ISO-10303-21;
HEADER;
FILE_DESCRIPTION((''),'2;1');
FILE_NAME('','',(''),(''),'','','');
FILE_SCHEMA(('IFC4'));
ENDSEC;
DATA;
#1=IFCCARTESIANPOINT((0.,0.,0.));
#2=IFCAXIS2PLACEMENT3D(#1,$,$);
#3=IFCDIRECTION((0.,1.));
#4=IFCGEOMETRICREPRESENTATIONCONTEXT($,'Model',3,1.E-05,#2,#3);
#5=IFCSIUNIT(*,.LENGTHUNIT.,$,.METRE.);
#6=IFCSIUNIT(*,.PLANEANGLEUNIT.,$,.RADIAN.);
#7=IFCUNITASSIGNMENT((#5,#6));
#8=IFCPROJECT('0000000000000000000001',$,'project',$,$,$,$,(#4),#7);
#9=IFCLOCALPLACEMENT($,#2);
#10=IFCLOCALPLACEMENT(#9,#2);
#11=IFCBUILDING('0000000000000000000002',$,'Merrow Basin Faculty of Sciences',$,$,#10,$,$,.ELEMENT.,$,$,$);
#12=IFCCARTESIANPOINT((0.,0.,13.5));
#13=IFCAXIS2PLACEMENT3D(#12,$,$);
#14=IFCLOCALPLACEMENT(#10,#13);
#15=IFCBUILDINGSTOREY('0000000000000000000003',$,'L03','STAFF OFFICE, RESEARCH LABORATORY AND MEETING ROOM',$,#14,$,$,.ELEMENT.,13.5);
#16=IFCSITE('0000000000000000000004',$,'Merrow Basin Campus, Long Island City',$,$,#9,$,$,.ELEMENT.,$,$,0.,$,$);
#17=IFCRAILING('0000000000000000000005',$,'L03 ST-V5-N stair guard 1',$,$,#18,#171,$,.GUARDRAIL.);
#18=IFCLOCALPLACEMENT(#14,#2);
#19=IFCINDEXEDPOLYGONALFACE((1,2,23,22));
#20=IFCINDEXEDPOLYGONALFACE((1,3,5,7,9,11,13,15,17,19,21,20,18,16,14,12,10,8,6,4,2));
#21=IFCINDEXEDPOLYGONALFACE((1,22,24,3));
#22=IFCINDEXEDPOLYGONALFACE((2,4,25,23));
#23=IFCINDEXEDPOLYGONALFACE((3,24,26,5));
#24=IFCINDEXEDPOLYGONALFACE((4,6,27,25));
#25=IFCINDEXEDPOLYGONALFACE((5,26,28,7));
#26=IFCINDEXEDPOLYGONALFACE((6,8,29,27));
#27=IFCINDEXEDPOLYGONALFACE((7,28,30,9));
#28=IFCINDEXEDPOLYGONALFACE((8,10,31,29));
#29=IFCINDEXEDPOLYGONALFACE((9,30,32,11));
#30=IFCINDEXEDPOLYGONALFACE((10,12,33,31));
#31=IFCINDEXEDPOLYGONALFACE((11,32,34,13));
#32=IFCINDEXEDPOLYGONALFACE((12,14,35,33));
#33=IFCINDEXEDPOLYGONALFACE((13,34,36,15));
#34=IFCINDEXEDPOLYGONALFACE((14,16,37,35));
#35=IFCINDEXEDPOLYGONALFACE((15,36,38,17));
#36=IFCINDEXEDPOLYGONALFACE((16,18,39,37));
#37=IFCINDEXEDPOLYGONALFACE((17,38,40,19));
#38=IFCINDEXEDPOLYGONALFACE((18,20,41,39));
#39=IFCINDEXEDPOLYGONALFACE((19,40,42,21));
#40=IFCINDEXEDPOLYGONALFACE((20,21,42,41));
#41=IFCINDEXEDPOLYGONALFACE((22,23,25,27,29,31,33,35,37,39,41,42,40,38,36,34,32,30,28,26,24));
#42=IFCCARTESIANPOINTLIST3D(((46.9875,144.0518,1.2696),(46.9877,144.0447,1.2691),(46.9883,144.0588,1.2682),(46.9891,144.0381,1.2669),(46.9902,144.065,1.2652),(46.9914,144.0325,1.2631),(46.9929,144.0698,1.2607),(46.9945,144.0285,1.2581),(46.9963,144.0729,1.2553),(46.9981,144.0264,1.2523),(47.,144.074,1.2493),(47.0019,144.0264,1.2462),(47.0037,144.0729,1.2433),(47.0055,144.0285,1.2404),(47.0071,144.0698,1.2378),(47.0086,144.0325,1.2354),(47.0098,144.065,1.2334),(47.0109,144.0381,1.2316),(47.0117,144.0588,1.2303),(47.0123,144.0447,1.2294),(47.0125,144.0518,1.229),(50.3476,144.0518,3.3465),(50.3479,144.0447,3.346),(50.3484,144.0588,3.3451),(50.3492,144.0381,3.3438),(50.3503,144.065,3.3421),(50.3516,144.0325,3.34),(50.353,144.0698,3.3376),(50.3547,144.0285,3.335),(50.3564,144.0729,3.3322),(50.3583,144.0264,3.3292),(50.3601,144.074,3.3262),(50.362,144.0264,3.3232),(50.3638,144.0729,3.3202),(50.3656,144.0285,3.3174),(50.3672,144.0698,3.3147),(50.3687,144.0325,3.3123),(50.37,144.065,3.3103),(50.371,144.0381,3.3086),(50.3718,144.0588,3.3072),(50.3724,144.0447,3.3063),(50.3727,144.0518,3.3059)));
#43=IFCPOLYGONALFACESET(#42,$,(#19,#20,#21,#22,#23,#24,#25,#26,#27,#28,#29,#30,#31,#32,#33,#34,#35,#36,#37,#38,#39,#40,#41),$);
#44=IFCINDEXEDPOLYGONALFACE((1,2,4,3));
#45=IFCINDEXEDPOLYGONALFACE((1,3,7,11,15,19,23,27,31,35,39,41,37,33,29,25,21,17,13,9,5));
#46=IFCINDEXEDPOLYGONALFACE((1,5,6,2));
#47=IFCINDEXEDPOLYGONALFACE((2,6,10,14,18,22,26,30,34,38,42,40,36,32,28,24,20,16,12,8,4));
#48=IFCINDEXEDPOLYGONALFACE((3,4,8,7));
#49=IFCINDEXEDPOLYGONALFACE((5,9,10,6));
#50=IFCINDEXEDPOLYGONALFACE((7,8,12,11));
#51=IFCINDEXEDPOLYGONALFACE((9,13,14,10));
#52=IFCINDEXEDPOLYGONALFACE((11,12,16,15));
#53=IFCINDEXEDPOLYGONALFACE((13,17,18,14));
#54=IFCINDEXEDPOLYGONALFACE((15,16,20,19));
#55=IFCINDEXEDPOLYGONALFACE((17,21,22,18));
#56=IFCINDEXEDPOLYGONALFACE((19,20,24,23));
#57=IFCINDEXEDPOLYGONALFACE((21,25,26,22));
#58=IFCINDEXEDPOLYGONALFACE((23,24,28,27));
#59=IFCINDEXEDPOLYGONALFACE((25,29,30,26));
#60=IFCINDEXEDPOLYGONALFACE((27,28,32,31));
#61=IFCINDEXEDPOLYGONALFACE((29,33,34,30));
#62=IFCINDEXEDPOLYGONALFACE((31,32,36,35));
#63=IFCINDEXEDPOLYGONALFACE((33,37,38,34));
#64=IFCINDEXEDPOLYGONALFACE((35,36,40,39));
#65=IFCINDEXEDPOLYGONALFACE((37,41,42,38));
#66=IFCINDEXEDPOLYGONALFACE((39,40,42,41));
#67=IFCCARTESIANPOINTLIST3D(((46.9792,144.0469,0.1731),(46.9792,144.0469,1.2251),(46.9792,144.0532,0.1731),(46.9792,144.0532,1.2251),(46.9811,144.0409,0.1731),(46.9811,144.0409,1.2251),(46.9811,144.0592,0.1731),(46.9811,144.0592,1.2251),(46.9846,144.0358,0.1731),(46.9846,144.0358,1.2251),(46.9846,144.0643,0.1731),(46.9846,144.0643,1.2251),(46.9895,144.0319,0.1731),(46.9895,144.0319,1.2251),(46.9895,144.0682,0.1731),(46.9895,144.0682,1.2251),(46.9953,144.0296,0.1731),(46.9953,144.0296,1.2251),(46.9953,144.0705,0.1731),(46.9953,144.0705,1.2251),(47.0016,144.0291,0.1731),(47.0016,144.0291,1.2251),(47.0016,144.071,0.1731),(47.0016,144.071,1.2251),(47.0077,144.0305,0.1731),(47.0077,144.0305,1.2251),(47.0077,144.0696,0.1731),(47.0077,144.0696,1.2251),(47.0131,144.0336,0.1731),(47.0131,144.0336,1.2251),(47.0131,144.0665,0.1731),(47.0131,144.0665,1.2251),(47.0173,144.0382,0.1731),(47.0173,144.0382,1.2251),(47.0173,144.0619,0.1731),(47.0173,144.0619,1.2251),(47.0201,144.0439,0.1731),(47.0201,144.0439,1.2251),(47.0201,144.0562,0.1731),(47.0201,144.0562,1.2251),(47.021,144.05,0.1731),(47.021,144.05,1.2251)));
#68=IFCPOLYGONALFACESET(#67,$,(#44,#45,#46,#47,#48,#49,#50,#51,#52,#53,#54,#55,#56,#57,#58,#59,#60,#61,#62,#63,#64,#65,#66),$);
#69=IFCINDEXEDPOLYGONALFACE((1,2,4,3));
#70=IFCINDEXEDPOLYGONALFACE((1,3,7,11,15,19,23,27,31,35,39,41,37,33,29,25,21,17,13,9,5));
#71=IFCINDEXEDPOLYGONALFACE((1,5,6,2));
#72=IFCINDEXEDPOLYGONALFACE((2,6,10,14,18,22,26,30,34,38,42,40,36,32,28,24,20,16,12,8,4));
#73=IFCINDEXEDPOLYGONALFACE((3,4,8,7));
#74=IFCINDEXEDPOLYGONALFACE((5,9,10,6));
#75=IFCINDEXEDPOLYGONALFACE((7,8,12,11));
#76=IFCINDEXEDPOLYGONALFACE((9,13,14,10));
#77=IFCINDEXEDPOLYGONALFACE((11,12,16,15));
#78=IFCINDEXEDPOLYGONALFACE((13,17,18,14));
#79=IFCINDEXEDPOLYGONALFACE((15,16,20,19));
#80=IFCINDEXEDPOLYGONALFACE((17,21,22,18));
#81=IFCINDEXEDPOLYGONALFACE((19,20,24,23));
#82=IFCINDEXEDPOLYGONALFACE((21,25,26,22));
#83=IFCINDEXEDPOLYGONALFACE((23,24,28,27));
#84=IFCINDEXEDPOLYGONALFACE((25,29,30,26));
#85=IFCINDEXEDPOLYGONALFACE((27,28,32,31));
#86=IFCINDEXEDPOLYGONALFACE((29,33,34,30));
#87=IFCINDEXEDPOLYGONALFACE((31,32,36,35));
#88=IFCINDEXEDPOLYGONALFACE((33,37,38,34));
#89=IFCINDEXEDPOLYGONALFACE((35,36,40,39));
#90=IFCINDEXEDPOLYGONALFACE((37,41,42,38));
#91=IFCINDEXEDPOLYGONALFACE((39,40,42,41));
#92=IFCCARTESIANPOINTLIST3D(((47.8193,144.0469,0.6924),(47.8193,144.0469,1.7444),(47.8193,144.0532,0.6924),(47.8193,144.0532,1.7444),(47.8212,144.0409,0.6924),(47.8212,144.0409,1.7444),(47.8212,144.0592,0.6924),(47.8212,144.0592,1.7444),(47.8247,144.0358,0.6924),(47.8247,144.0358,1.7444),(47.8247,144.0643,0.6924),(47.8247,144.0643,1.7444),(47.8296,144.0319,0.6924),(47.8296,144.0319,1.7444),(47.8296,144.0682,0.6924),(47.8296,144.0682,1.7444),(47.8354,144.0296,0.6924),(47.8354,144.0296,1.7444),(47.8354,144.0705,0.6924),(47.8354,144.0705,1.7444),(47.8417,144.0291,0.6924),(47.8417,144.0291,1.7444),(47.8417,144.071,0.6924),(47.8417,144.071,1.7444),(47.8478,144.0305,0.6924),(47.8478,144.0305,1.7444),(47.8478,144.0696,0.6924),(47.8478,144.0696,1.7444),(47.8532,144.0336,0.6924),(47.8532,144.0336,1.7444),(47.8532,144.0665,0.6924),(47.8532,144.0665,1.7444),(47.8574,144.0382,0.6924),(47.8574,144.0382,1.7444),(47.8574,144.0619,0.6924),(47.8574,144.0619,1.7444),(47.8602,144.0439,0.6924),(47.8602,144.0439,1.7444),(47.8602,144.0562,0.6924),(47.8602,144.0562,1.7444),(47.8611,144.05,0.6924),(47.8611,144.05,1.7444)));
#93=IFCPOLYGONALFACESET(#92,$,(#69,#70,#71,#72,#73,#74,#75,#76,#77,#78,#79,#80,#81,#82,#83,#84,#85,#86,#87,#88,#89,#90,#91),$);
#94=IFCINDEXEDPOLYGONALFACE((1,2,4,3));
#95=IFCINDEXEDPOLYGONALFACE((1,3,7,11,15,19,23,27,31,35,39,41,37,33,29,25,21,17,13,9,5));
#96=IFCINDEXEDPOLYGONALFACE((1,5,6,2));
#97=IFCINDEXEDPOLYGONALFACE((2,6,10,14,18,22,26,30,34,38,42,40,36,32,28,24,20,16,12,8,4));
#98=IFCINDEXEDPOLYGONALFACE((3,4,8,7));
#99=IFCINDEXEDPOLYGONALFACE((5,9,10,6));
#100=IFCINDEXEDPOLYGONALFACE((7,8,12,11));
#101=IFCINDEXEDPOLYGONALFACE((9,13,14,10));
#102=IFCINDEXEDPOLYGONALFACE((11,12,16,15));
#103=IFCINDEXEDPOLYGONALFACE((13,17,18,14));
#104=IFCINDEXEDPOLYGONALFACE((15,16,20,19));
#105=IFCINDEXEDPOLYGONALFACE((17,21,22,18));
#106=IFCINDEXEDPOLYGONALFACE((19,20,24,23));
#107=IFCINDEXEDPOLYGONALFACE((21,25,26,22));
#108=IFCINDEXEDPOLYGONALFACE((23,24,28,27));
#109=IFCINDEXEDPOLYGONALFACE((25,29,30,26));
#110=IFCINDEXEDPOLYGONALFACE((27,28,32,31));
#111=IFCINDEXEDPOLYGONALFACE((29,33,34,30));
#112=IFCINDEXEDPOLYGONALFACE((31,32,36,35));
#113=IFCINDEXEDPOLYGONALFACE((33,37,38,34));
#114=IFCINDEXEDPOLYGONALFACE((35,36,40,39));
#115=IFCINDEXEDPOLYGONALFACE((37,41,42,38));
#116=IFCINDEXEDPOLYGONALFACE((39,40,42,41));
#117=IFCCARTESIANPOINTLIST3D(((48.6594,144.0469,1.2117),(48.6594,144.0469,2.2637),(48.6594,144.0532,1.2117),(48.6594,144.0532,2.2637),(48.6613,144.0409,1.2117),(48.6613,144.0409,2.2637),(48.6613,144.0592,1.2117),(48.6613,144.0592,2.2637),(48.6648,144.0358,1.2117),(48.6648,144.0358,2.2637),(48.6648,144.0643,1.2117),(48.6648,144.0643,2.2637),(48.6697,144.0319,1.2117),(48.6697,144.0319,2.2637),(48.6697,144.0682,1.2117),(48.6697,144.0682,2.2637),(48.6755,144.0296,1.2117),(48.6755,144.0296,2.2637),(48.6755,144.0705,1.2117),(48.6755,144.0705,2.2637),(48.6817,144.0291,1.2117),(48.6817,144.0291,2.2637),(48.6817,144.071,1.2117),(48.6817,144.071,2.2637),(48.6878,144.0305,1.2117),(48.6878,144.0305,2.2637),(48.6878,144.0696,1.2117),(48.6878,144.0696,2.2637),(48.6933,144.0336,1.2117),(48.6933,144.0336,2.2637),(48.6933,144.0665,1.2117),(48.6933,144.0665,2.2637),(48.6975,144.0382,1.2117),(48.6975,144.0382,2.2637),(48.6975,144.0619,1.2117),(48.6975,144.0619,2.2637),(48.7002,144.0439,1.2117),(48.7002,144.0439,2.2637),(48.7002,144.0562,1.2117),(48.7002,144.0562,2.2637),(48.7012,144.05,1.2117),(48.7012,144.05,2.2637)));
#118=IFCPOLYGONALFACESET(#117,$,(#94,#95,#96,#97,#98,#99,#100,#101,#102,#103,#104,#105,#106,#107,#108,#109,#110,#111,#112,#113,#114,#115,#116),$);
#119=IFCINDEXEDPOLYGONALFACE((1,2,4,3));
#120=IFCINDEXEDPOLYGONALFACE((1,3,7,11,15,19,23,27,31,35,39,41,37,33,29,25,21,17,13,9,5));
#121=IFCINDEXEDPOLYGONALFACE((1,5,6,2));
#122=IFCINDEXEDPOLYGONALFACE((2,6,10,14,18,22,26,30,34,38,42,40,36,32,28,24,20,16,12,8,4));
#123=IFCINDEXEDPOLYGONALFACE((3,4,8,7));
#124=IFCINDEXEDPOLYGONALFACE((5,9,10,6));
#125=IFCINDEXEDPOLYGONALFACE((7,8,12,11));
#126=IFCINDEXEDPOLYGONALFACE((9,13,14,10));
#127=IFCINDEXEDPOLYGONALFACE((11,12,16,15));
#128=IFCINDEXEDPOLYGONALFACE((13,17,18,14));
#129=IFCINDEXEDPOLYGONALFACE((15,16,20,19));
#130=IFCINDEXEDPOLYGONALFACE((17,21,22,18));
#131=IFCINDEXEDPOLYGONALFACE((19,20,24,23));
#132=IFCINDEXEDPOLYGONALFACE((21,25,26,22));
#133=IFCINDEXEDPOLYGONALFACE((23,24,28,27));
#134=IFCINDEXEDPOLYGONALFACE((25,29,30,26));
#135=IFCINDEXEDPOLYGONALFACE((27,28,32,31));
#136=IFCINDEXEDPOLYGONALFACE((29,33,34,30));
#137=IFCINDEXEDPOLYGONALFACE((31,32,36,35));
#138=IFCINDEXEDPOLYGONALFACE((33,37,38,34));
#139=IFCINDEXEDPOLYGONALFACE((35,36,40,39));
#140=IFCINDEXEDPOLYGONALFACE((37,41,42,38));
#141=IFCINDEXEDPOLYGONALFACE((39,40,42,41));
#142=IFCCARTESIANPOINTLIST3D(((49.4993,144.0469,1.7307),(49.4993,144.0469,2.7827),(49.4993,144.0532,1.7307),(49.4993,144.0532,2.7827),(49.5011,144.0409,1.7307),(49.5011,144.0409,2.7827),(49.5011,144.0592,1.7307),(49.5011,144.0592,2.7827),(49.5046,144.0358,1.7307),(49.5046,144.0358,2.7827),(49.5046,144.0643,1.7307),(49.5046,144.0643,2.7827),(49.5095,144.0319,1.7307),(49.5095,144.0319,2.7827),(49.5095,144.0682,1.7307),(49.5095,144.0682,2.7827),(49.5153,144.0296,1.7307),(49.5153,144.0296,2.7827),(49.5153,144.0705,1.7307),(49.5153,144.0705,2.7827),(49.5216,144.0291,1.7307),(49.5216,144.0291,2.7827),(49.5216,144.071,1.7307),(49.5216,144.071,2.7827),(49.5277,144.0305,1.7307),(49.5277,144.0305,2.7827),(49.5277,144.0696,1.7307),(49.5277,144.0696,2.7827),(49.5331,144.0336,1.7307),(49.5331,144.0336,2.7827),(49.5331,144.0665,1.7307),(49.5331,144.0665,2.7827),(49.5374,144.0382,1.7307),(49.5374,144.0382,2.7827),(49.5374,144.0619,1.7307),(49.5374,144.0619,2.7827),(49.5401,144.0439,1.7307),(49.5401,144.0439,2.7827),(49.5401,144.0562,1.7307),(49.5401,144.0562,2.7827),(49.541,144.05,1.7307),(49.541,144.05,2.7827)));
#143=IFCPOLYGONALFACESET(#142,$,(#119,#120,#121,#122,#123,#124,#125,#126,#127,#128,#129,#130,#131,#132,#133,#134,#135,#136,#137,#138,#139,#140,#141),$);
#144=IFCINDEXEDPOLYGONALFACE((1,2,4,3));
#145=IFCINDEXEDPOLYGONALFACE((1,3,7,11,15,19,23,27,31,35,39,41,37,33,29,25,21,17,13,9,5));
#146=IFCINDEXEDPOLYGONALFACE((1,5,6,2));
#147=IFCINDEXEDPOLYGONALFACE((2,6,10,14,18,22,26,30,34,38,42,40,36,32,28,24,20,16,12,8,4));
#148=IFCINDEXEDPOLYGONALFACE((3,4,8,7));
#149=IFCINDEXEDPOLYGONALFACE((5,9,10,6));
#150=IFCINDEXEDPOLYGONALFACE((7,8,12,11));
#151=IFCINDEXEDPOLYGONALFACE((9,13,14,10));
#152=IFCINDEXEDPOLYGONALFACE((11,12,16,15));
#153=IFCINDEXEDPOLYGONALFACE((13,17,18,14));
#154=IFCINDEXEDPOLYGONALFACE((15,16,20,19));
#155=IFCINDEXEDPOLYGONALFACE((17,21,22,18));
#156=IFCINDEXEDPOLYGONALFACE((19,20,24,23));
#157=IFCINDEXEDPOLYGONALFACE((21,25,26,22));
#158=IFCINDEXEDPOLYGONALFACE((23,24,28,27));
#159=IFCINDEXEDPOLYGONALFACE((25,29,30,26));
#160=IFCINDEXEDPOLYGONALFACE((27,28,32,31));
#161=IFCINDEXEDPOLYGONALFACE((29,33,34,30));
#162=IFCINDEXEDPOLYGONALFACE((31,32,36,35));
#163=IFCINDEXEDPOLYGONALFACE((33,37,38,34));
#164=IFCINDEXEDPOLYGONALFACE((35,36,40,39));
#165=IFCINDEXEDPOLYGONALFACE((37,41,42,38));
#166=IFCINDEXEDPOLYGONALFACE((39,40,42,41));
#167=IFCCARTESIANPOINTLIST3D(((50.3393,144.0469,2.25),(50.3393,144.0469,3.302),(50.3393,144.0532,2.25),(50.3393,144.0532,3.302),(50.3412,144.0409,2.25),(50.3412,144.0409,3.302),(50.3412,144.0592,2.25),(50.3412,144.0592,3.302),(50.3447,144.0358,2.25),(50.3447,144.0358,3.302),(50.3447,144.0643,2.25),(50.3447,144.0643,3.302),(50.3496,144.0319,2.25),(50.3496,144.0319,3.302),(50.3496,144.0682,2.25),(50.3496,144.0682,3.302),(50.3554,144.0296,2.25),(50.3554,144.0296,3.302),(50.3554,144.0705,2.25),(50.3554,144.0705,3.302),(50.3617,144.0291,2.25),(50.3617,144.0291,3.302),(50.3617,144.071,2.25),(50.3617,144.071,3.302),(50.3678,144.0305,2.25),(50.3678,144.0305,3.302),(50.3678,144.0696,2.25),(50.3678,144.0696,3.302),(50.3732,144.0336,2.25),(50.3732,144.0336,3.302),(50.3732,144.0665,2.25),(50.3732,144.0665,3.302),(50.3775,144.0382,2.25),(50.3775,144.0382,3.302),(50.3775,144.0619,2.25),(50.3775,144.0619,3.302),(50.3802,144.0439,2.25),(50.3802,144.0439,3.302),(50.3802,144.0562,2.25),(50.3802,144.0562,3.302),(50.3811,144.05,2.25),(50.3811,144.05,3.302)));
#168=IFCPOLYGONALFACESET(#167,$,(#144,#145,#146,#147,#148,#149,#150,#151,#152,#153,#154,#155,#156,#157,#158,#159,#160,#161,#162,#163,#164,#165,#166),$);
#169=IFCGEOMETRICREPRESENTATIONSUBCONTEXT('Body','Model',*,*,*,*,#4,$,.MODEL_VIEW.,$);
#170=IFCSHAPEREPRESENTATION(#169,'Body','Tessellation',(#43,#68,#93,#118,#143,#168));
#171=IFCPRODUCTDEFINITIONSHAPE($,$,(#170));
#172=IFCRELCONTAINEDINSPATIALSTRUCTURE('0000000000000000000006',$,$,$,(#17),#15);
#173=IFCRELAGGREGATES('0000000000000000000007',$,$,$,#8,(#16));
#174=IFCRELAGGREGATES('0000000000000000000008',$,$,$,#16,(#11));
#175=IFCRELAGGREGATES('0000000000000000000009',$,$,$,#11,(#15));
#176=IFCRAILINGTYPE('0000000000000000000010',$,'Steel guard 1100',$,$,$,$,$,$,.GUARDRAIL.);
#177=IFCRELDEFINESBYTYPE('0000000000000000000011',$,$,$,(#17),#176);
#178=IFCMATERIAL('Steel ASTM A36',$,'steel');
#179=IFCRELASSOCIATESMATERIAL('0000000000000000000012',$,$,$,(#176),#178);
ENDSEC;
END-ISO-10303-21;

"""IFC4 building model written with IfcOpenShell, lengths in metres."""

from ifc_helpers import new_model, si_unit, direction, frame, origin, origin_2d, place, context, subcontext, project, spatial, circle, extrude, material, type_object, element, save


model = new_model("IFC4")

# Units and contexts
model_context = context("Model", 3, precision=1e-05, world=origin(), true_north=direction((0.0, 1.0)))
body_context = subcontext(model_context, "Body", "Model", "MODEL_VIEW")
ifc_project = project(units=[si_unit("LENGTHUNIT", "METRE"), si_unit("PLANEANGLEUNIT", "RADIAN")], contexts=[model_context])

# Site, building, storey
site_placement = place(None, origin())
site = spatial("IfcSite", under=ifc_project, at=site_placement, Name="Merrow Basin Campus, Long Island City", CompositionType="ELEMENT", RefElevation=0.0)
building_placement = place(site_placement, origin())
building = spatial("IfcBuilding", under=site, at=building_placement, Name="Merrow Basin Faculty of Sciences", CompositionType="ELEMENT")
storey_placement = place(building_placement, frame((0.0, 0.0, 13.5)))
storey = spatial("IfcBuildingStorey", under=building, at=storey_placement, Name="L03", Description="STAFF OFFICE, RESEARCH LABORATORY AND MEETING ROOM", CompositionType="ELEMENT", Elevation=13.5)

# Railing
ifc_material_1 = material(Name="Steel ASTM A36", Category="steel")
railing_type_1 = type_object("IfcRailingType", Name="Steel guard 1100", PredefinedType="GUARDRAIL", material=ifc_material_1)
railing_1_placement = place(storey_placement, frame((47.0, 144.05, 0.1731)))
element("IfcRailing", 1, at=railing_1_placement, inside=storey, type_object=railing_type_1, Name="L03 ST-V5-N stair guard 1", PredefinedType="GUARDRAIL", context=body_context, shape_type="SweptSolid", body=[
    extrude(circle(Radius=0.0239, at=origin_2d()), frame((0.0, 0.0, 1.0762), z_axis=(0.850623, 0.0, 0.525776), x_axis=(0.0, 1.0, 0.0)), (0.0, 0.0, 1.0), 3.9502),
    extrude(circle(Radius=0.021, at=origin_2d()), origin(), (0.0, 0.0, 1.0), 1.052),
    extrude(circle(Radius=0.021, at=origin_2d()), frame((0.8401, 0.0, 0.5193)), (0.0, 0.0, 1.0), 1.052),
    extrude(circle(Radius=0.021, at=origin_2d()), frame((1.6802, 0.0, 1.0386)), (0.0, 0.0, 1.0), 1.052),
    extrude(circle(Radius=0.021, at=origin_2d()), frame((2.52, 0.0, 1.5576)), (0.0, 0.0, 1.0), 1.052),
    extrude(circle(Radius=0.021, at=origin_2d()), frame((3.3601, 0.0, 2.0769)), (0.0, 0.0, 1.0), 1.052),
])

save(model, "model.ifc")
